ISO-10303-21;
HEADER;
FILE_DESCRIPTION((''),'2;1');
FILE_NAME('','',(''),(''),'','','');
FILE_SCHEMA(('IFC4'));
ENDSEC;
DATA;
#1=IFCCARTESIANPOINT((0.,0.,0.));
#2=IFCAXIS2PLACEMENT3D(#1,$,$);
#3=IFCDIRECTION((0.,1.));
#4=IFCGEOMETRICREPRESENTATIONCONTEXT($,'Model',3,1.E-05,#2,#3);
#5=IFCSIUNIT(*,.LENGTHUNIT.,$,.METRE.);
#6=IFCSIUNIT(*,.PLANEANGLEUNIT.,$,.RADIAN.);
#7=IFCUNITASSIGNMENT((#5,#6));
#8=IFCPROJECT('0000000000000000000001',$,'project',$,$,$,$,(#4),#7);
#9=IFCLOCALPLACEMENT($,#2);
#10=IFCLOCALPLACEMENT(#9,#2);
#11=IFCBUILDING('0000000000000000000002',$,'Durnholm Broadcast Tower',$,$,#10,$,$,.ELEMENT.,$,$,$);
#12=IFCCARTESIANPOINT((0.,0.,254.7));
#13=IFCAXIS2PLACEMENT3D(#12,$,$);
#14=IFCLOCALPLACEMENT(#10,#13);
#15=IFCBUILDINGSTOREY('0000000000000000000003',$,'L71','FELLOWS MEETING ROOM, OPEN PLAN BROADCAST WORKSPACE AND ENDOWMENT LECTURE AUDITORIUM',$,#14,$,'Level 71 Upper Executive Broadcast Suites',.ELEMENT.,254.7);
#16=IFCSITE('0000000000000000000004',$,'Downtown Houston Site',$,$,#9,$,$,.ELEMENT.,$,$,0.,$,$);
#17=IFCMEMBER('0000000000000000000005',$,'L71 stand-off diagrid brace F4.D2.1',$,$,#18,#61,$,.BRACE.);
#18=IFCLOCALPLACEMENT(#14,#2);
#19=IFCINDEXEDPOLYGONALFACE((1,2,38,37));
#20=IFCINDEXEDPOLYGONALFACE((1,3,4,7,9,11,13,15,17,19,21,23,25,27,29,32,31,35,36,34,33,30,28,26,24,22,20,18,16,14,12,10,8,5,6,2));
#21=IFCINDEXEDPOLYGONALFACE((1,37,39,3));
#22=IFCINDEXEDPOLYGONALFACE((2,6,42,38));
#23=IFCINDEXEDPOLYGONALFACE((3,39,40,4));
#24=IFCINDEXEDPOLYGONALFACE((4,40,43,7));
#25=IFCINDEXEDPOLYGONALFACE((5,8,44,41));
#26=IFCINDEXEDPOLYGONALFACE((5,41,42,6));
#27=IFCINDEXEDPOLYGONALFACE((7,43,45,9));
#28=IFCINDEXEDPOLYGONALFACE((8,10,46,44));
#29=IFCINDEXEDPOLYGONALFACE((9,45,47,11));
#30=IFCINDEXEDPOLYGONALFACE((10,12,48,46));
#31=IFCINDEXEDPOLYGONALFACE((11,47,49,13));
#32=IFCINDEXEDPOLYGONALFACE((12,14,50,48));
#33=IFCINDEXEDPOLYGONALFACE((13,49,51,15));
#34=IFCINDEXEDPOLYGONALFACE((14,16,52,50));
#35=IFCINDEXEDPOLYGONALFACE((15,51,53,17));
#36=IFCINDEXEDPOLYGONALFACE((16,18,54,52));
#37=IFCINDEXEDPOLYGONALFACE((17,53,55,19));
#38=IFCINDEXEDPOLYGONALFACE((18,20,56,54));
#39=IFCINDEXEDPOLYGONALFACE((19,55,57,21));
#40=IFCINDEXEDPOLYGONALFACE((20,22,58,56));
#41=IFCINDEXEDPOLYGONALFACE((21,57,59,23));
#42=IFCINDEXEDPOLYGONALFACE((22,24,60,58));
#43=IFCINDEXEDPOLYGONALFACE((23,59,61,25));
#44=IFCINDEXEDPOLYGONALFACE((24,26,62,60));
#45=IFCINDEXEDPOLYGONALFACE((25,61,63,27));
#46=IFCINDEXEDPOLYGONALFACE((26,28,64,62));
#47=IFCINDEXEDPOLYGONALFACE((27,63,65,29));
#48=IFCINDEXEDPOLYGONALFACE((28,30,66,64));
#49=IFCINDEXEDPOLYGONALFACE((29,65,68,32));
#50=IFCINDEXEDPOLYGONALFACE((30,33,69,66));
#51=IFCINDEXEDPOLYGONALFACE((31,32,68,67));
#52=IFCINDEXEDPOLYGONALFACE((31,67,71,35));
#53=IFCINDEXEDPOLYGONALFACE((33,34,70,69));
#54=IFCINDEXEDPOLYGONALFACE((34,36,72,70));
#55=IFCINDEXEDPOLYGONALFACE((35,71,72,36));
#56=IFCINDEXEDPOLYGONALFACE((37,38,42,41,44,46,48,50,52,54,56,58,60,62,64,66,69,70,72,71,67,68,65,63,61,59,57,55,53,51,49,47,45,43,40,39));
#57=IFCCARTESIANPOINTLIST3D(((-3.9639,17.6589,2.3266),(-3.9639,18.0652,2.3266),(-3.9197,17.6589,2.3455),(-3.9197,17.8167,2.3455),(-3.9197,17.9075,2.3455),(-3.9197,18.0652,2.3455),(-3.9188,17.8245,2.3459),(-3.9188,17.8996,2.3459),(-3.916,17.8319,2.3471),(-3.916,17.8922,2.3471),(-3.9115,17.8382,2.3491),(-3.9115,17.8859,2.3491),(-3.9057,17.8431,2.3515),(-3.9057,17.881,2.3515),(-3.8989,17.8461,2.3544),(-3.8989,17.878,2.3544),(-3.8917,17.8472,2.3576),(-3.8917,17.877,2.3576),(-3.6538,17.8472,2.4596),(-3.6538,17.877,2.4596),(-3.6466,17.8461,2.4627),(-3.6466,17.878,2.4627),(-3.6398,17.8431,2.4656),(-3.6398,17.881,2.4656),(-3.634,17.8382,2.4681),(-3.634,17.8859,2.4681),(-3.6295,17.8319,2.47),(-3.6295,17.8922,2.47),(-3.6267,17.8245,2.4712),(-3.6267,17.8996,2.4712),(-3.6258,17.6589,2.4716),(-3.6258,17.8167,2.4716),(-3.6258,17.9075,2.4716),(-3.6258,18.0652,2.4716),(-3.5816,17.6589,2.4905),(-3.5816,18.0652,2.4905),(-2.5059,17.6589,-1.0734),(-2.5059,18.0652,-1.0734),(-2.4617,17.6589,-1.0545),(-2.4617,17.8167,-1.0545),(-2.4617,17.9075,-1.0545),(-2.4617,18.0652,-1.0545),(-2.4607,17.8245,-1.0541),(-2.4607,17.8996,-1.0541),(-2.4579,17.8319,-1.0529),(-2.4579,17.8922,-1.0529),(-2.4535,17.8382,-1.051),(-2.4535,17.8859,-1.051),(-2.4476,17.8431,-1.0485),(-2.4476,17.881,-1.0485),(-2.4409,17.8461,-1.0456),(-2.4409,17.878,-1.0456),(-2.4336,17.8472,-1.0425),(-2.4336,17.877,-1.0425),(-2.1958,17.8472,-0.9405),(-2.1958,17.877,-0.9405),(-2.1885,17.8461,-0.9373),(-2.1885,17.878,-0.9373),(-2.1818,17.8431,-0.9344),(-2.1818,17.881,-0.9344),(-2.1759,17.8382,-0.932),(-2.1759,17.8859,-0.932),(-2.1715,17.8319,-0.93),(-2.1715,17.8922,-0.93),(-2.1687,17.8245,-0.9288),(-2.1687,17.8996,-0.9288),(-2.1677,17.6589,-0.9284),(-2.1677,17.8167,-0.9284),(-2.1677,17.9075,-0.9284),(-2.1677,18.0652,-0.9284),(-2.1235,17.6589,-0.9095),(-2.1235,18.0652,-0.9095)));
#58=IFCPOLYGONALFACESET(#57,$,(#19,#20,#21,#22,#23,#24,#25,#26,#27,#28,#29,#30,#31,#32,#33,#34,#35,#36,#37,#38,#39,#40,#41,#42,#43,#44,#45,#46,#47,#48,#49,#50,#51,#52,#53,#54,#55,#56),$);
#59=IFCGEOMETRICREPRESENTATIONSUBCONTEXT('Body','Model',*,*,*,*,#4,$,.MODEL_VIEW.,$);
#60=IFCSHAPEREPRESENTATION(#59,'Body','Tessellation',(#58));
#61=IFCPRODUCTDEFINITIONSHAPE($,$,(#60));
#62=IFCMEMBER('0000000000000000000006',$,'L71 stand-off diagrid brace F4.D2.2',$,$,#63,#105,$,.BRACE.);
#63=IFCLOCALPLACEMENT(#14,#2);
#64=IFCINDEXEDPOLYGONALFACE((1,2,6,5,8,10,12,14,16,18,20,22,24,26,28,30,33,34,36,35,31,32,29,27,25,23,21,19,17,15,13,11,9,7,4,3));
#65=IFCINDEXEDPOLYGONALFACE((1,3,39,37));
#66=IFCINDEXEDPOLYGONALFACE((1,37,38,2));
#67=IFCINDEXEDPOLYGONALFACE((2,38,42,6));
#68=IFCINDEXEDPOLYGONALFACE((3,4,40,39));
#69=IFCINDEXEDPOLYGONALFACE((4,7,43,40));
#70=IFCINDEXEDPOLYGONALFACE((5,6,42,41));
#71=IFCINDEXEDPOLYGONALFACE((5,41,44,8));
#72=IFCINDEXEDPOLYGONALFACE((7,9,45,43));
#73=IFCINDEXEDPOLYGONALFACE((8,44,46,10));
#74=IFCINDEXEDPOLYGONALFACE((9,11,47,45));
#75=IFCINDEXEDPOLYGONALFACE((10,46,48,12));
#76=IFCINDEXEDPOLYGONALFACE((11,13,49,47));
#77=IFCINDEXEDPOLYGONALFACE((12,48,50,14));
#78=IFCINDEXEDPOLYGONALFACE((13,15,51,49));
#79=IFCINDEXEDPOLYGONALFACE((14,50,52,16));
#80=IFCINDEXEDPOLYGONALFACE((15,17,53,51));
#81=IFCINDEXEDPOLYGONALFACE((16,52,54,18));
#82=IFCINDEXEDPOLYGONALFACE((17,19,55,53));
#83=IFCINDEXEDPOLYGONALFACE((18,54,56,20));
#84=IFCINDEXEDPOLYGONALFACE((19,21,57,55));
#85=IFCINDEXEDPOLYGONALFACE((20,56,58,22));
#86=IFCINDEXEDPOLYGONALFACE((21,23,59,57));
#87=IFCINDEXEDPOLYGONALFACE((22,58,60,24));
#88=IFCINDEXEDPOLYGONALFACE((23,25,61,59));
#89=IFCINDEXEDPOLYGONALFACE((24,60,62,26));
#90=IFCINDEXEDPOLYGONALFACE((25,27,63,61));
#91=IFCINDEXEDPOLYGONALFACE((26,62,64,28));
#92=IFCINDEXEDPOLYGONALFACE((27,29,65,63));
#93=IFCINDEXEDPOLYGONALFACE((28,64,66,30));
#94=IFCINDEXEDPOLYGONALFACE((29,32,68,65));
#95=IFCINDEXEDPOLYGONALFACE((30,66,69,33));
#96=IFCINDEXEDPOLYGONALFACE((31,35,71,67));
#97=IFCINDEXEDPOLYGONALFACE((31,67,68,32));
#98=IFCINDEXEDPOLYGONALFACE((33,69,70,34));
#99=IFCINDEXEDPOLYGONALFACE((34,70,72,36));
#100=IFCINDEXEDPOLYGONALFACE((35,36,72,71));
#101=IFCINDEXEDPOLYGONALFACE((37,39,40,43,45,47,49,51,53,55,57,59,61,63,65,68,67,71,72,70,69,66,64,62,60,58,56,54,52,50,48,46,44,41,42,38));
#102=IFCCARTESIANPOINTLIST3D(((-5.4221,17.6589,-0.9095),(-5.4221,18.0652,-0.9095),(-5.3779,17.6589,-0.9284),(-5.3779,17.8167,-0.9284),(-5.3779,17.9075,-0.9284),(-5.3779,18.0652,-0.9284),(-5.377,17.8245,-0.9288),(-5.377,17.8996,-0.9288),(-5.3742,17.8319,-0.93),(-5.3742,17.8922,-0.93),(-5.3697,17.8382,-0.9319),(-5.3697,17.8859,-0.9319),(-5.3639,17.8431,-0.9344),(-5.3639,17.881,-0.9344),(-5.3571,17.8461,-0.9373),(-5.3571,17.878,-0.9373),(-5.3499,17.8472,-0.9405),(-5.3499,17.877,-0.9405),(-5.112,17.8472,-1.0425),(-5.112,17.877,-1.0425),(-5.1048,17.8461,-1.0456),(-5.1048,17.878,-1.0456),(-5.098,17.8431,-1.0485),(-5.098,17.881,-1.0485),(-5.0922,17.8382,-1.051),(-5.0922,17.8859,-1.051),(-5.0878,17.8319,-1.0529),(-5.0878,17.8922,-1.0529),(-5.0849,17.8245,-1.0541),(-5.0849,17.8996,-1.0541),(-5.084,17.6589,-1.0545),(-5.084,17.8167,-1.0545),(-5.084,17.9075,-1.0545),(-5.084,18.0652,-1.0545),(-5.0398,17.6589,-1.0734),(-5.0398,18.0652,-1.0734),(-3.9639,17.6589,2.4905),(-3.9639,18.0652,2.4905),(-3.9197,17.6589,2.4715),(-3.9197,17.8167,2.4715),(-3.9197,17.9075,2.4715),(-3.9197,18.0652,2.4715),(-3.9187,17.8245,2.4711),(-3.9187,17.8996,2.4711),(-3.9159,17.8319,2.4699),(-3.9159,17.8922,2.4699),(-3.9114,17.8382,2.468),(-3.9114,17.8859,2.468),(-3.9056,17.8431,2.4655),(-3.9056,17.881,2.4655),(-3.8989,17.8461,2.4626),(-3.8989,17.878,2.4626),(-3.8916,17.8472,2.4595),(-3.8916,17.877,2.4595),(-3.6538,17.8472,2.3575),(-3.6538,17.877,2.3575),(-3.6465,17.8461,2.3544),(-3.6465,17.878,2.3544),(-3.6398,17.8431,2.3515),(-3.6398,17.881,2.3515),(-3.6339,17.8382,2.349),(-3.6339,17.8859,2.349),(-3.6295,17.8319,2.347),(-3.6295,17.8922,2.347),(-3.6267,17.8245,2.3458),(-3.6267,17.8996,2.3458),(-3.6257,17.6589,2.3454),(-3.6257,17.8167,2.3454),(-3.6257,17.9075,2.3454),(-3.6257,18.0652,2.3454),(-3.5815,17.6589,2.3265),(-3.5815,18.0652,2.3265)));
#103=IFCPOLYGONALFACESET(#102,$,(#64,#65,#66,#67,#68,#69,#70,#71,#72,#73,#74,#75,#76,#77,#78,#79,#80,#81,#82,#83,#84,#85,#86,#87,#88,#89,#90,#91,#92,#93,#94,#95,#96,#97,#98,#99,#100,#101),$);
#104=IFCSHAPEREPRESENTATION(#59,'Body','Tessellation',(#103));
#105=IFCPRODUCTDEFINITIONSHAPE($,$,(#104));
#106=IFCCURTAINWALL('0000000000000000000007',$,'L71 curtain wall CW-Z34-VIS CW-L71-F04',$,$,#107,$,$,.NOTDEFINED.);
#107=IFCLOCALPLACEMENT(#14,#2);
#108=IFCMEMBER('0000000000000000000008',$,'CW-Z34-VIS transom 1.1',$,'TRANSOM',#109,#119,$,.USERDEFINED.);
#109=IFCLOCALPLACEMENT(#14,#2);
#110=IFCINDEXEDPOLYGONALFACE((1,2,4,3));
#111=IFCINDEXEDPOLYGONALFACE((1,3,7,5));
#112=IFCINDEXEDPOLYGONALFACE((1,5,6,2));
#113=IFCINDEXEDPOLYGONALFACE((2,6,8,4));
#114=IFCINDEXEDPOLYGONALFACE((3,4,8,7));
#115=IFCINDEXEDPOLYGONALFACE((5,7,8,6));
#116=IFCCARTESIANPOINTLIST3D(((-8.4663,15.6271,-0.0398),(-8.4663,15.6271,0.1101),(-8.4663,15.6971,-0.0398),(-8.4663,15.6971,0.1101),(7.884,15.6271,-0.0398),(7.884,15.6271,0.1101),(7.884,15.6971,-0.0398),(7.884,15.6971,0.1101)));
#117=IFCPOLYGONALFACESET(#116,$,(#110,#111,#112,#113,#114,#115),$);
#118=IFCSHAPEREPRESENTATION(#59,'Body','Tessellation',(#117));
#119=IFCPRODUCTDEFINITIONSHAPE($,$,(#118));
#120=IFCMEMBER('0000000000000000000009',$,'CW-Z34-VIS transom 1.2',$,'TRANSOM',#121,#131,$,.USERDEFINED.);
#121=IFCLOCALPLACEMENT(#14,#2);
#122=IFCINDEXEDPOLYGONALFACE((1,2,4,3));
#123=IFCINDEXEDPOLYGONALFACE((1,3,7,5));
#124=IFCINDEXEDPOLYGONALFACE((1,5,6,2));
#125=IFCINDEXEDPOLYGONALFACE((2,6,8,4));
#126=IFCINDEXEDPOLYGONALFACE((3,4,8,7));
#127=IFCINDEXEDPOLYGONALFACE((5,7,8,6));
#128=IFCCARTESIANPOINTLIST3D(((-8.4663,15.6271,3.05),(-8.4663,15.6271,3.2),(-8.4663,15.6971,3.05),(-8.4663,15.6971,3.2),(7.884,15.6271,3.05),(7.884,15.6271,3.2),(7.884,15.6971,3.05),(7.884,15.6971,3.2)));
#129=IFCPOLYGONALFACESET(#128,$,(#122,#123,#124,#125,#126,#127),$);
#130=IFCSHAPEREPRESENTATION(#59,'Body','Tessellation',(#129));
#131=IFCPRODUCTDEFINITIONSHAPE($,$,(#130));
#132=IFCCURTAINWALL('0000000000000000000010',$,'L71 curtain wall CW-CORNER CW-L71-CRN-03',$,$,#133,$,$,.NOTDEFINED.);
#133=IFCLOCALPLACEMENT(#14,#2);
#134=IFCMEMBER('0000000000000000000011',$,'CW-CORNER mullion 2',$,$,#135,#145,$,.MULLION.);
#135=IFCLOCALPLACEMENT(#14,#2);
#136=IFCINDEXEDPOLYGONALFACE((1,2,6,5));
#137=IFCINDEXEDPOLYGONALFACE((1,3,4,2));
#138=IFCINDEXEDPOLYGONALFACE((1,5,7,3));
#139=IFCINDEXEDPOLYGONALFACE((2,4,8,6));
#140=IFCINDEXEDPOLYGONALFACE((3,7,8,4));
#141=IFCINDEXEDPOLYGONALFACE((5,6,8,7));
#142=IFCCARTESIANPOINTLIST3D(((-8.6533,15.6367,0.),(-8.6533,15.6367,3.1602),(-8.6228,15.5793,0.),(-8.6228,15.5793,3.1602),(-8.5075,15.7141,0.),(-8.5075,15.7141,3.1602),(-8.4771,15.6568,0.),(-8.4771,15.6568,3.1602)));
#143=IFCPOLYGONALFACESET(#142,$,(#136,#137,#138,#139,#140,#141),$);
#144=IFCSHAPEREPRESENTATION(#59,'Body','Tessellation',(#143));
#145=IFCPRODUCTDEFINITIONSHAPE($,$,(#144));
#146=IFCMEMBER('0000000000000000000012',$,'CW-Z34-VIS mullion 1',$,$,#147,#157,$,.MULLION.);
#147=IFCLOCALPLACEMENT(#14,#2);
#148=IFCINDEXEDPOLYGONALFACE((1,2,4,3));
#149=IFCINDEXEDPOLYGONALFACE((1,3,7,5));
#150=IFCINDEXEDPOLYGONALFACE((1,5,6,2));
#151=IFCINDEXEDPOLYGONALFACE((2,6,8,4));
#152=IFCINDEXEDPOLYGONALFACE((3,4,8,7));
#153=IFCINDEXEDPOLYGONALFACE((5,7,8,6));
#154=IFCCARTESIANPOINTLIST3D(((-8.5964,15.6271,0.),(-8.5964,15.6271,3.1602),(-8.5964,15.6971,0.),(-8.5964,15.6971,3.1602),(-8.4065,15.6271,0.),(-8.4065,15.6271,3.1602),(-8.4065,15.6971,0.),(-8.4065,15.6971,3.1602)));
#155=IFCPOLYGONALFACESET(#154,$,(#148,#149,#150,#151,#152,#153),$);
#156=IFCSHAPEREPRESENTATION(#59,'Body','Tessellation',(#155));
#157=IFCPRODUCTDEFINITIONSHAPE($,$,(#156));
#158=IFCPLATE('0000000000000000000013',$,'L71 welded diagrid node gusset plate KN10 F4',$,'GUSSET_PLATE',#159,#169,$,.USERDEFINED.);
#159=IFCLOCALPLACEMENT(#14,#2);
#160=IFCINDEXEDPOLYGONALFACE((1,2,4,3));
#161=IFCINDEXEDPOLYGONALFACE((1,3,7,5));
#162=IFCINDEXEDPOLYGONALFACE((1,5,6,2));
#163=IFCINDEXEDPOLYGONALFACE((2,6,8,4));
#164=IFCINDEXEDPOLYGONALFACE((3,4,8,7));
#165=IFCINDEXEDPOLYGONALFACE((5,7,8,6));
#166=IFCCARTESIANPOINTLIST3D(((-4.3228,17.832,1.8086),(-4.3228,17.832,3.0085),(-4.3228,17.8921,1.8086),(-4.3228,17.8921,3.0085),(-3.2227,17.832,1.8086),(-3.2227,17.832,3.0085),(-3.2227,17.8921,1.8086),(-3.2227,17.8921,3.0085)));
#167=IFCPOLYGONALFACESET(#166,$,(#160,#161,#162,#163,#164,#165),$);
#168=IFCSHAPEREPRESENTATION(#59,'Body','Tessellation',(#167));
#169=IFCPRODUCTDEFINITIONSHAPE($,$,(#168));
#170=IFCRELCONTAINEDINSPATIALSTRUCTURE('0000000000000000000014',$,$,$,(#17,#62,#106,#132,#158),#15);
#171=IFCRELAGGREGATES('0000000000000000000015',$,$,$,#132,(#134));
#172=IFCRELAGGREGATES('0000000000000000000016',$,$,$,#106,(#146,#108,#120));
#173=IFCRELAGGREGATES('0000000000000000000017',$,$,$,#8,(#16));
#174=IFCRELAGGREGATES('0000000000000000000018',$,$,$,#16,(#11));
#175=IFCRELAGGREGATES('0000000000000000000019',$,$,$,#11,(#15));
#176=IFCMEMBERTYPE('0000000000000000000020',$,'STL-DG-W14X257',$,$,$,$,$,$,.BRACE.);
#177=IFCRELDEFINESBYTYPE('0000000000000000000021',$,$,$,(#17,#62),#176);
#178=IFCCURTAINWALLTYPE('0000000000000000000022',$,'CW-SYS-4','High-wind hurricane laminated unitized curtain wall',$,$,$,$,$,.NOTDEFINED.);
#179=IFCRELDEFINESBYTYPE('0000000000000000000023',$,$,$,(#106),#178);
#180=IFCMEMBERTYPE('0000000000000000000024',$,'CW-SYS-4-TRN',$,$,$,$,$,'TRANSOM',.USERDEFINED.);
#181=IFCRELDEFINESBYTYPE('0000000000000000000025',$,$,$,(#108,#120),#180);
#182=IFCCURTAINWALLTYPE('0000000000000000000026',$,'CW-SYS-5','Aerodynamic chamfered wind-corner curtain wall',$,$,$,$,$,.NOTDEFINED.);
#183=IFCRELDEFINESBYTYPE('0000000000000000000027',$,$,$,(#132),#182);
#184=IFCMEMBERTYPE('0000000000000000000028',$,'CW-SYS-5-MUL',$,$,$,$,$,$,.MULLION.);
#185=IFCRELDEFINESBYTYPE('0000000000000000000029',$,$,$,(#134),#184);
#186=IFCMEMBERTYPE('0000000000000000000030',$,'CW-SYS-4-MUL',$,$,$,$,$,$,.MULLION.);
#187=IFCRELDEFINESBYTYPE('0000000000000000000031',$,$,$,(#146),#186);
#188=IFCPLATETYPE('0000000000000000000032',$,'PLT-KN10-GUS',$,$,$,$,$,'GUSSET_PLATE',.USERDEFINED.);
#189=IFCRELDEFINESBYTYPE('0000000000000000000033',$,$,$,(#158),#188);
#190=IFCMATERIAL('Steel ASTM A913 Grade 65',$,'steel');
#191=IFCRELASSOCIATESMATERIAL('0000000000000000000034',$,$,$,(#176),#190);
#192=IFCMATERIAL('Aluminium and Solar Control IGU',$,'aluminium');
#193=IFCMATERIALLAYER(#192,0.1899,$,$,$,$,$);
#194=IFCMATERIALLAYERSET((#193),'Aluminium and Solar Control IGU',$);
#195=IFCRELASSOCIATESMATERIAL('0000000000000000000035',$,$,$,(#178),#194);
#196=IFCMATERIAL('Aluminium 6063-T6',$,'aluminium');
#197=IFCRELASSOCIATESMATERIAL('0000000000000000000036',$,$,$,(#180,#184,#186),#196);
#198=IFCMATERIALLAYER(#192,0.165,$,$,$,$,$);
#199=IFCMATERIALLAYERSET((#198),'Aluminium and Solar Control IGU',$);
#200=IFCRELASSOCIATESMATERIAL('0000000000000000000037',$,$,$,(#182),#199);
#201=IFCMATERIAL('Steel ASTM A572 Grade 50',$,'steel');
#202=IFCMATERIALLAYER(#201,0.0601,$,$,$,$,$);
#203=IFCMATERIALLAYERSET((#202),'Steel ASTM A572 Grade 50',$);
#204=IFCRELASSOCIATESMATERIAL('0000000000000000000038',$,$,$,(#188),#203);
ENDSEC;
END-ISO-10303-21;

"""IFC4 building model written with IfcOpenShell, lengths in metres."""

from ifc_helpers import new_model, si_unit, direction, frame, origin, origin_2d, place, context, subcontext, project, spatial, rectangle, i_section, extrude, source, transform, mapped, material, layer, layer_set, material_profile, profile_set, type_object, type_shapes, element, aggregate, save


model = new_model("IFC4")

# Units and contexts
model_context = context("Model", 3, precision=1e-05, world=origin(), true_north=direction((0.0, 1.0)))
body_context = subcontext(model_context, "Body", "Model", "MODEL_VIEW")
ifc_project = project(units=[si_unit("LENGTHUNIT", "METRE"), si_unit("PLANEANGLEUNIT", "RADIAN")], contexts=[model_context])

# Site, building, storey
site_placement = place(None, origin())
site = spatial("IfcSite", under=ifc_project, at=site_placement, Name="Downtown Houston Site", CompositionType="ELEMENT", RefElevation=0.0)
building_placement = place(site_placement, origin())
building = spatial("IfcBuilding", under=site, at=building_placement, Name="Durnholm Broadcast Tower", CompositionType="ELEMENT")
storey_placement = place(building_placement, frame((0.0, 0.0, 254.7)))
storey = spatial("IfcBuildingStorey", under=building, at=storey_placement, Name="L71", Description="FELLOWS MEETING ROOM, OPEN PLAN BROADCAST WORKSPACE AND ENDOWMENT LECTURE AUDITORIUM", LongName="Level 71 Upper Executive Broadcast Suites", CompositionType="ELEMENT", Elevation=254.7)

# Members
ifc_material_1 = material(Name="Steel ASTM A913 Grade 65", Category="steel")
ifc_material_profile_1 = material_profile(ifc_material_1, i_section(OverallWidth=0.4062, OverallDepth=0.416, WebThickness=0.0298, FlangeThickness=0.0481, FilletRadius=0.0305, at=origin_2d()), Name="W14X257")
ifc_profile_set_1 = profile_set([ifc_material_profile_1], Name="Steel ASTM A913 Grade 65")
member_type_1 = type_object("IfcMemberType", Name="STL-DG-W14X257", PredefinedType="BRACE", material=ifc_profile_set_1)
shared_shape_1 = source(origin(), body_context, "Body", "SweptSolid", [
    extrude(i_section(OverallWidth=0.4062, OverallDepth=0.416, WebThickness=0.0298, FlangeThickness=0.0481, FilletRadius=0.0305, at=origin_2d()), origin(), (0.0, 0.0, 1.0), 3.6995),
])
type_shapes(member_type_1, [shared_shape_1])
for number, where, z_axis, x_axis, name in (
    (1, (-2.3147, 17.8621, -0.9915), (-0.394126, 0.0, 0.919056), (0.0, -1.0, 0.0), "L71 stand-off diagrid brace F4.D2.1"),
    (2, (-5.231, 17.8621, -0.9915), (0.394182, 0.0, 0.919032), (0.0, 1.0, 0.0), "L71 stand-off diagrid brace F4.D2.2"),
):
    element("IfcMember", number, at=place(storey_placement, frame(where, z_axis=z_axis, x_axis=x_axis)), inside=storey, type_object=member_type_1, Name=name, PredefinedType="BRACE", context=body_context, shape_type="MappedRepresentation", body=[
        mapped(shared_shape_1, transform((0.0, 0.0, 0.0), x_axis=(1.0, 0.0, 0.0), y_axis=(0.0, 1.0, 0.0), z_axis=(0.0, 0.0, 1.0), scale=1.0)),
    ])

# Curtain wall, members
ifc_material_2 = material(Name="Aluminium and Solar Control IGU", Category="aluminium")
ifc_layer_1 = layer(ifc_material_2, 0.1899)
ifc_layer_set_1 = layer_set([ifc_layer_1], Name="Aluminium and Solar Control IGU")
curtain_wall_type_1 = type_object("IfcCurtainWallType", Name="CW-SYS-4", Description="High-wind hurricane laminated unitized curtain wall", PredefinedType="NOTDEFINED", material=ifc_layer_set_1)
curtain_wall_1_placement = place(storey_placement, origin())
curtain_wall_1 = element("IfcCurtainWall", 3, at=curtain_wall_1_placement, inside=storey, type_object=curtain_wall_type_1, Name="L71 curtain wall CW-Z34-VIS CW-L71-F04", PredefinedType="NOTDEFINED")
ifc_material_3 = material(Name="Aluminium 6063-T6", Category="aluminium")
ifc_material_profile_2 = material_profile(ifc_material_3, rectangle(XDim=0.0701, YDim=0.1499, at=origin_2d()), Name="CWT70X150")
ifc_profile_set_2 = profile_set([ifc_material_profile_2], Name="Aluminium 6063-T6")
member_type_2 = type_object("IfcMemberType", Name="CW-SYS-4-TRN", ElementType="TRANSOM", PredefinedType="USERDEFINED", material=ifc_profile_set_2)
shared_shape_2 = source(origin(), body_context, "Body", "SweptSolid", [
    extrude(rectangle(XDim=0.0701, YDim=0.1499, at=origin_2d()), origin(), (0.0, 0.0, 1.0), 16.3503),
])
type_shapes(member_type_2, [shared_shape_2])
member_1_placement = place(storey_placement, frame((-8.4663, 15.6621, 0.0352), z_axis=(1.0, 0.0, 0.0), x_axis=(0.0, 1.0, 0.0)))
member_1 = element("IfcMember", 4, at=member_1_placement, type_object=member_type_2, Name="CW-Z34-VIS transom 1.1", ObjectType="TRANSOM", PredefinedType="USERDEFINED", context=body_context, shape_type="MappedRepresentation", body=[
    mapped(shared_shape_2, transform((0.0, 0.0, 0.0), x_axis=(1.0, 0.0, 0.0), y_axis=(0.0, 1.0, 0.0), z_axis=(0.0, 0.0, 1.0), scale=1.0)),
])
member_2_placement = place(storey_placement, frame((-8.4663, 15.6621, 3.125), z_axis=(1.0, 0.0, 0.0), x_axis=(0.0, 1.0, 0.0)))
member_2 = element("IfcMember", 5, at=member_2_placement, type_object=member_type_2, Name="CW-Z34-VIS transom 1.2", ObjectType="TRANSOM", PredefinedType="USERDEFINED", context=body_context, shape_type="MappedRepresentation", body=[
    mapped(shared_shape_2, transform((0.0, 0.0, 0.0), x_axis=(1.0, 0.0, 0.0), y_axis=(0.0, 1.0, 0.0), z_axis=(0.0, 0.0, 1.0), scale=1.0)),
])

# Curtain wall, member
ifc_layer_2 = layer(ifc_material_2, 0.165)
ifc_layer_set_2 = layer_set([ifc_layer_2], Name="Aluminium and Solar Control IGU")
curtain_wall_type_2 = type_object("IfcCurtainWallType", Name="CW-SYS-5", Description="Aerodynamic chamfered wind-corner curtain wall", PredefinedType="NOTDEFINED", material=ifc_layer_set_2)
curtain_wall_2_placement = place(storey_placement, origin())
curtain_wall_2 = element("IfcCurtainWall", 6, at=curtain_wall_2_placement, inside=storey, type_object=curtain_wall_type_2, Name="L71 curtain wall CW-CORNER CW-L71-CRN-03", PredefinedType="NOTDEFINED")
ifc_material_profile_3 = material_profile(ifc_material_3, rectangle(XDim=0.0649, YDim=0.165, at=origin_2d()), Name="CWM65X165")
ifc_profile_set_3 = profile_set([ifc_material_profile_3], Name="Aluminium 6063-T6")
member_type_3 = type_object("IfcMemberType", Name="CW-SYS-5-MUL", PredefinedType="MULLION", material=ifc_profile_set_3)
shared_shape_3 = source(origin(), body_context, "Body", "SweptSolid", [
    extrude(rectangle(XDim=0.0649, YDim=0.165, at=origin_2d()), origin(), (0.0, 0.0, 1.0), 3.1602),
])
type_shapes(member_type_3, [shared_shape_3])
member_3_placement = place(storey_placement, frame((-8.5652, 15.6467, 0.0), z_axis=(0.0, 0.0, 1.0), x_axis=(-0.469007, 0.883195, 0.0)))
member_3 = element("IfcMember", 7, at=member_3_placement, type_object=member_type_3, Name="CW-CORNER mullion 2", PredefinedType="MULLION", context=body_context, shape_type="MappedRepresentation", body=[
    mapped(shared_shape_3, transform((0.0, 0.0, 0.0), x_axis=(1.0, 0.0, 0.0), y_axis=(0.0, 1.0, 0.0), z_axis=(0.0, 0.0, 1.0), scale=1.0)),
])

# Member
ifc_material_profile_4 = material_profile(ifc_material_3, rectangle(XDim=0.0701, YDim=0.1899, at=origin_2d()), Name="CWM70X190")
ifc_profile_set_4 = profile_set([ifc_material_profile_4], Name="Aluminium 6063-T6")
member_type_4 = type_object("IfcMemberType", Name="CW-SYS-4-MUL", PredefinedType="MULLION", material=ifc_profile_set_4)
shared_shape_4 = source(origin(), body_context, "Body", "SweptSolid", [
    extrude(rectangle(XDim=0.0701, YDim=0.1899, at=origin_2d()), origin(), (0.0, 0.0, 1.0), 3.1602),
])
type_shapes(member_type_4, [shared_shape_4])
member_4_placement = place(storey_placement, frame((-8.5015, 15.6621, 0.0), z_axis=(0.0, 0.0, 1.0), x_axis=(0.0, 1.0, 0.0)))
member_4 = element("IfcMember", 8, at=member_4_placement, type_object=member_type_4, Name="CW-Z34-VIS mullion 1", PredefinedType="MULLION", context=body_context, shape_type="MappedRepresentation", body=[
    mapped(shared_shape_4, transform((0.0, 0.0, 0.0), x_axis=(1.0, 0.0, 0.0), y_axis=(0.0, 1.0, 0.0), z_axis=(0.0, 0.0, 1.0), scale=1.0)),
])

# Plate
ifc_material_4 = material(Name="Steel ASTM A572 Grade 50", Category="steel")
ifc_layer_3 = layer(ifc_material_4, 0.0601)
ifc_layer_set_3 = layer_set([ifc_layer_3], Name="Steel ASTM A572 Grade 50")
plate_type_1 = type_object("IfcPlateType", Name="PLT-KN10-GUS", ElementType="GUSSET_PLATE", PredefinedType="USERDEFINED", material=ifc_layer_set_3)
shared_shape_5 = source(origin(), body_context, "Body", "SweptSolid", [
    extrude(rectangle(XDim=1.1001, YDim=0.0601, at=origin_2d()), origin(), (0.0, 0.0, 1.0), 1.2),
])
type_shapes(plate_type_1, [shared_shape_5])
plate_1_placement = place(storey_placement, frame((-3.7727, 17.8621, 1.8086), z_axis=(0.0, 0.0, 1.0), x_axis=(-1.0, 0.0, 0.0)))
element("IfcPlate", 9, at=plate_1_placement, inside=storey, type_object=plate_type_1, Name="L71 welded diagrid node gusset plate KN10 F4", ObjectType="GUSSET_PLATE", PredefinedType="USERDEFINED", context=body_context, shape_type="MappedRepresentation", body=[
    mapped(shared_shape_5, transform((0.0, 0.0, 0.0), x_axis=(1.0, 0.0, 0.0), y_axis=(0.0, 1.0, 0.0), z_axis=(0.0, 0.0, 1.0), scale=1.0)),
])
aggregate(curtain_wall_2, [member_3])
aggregate(curtain_wall_1, [member_4, member_1, member_2])

save(model, "model.ifc")
